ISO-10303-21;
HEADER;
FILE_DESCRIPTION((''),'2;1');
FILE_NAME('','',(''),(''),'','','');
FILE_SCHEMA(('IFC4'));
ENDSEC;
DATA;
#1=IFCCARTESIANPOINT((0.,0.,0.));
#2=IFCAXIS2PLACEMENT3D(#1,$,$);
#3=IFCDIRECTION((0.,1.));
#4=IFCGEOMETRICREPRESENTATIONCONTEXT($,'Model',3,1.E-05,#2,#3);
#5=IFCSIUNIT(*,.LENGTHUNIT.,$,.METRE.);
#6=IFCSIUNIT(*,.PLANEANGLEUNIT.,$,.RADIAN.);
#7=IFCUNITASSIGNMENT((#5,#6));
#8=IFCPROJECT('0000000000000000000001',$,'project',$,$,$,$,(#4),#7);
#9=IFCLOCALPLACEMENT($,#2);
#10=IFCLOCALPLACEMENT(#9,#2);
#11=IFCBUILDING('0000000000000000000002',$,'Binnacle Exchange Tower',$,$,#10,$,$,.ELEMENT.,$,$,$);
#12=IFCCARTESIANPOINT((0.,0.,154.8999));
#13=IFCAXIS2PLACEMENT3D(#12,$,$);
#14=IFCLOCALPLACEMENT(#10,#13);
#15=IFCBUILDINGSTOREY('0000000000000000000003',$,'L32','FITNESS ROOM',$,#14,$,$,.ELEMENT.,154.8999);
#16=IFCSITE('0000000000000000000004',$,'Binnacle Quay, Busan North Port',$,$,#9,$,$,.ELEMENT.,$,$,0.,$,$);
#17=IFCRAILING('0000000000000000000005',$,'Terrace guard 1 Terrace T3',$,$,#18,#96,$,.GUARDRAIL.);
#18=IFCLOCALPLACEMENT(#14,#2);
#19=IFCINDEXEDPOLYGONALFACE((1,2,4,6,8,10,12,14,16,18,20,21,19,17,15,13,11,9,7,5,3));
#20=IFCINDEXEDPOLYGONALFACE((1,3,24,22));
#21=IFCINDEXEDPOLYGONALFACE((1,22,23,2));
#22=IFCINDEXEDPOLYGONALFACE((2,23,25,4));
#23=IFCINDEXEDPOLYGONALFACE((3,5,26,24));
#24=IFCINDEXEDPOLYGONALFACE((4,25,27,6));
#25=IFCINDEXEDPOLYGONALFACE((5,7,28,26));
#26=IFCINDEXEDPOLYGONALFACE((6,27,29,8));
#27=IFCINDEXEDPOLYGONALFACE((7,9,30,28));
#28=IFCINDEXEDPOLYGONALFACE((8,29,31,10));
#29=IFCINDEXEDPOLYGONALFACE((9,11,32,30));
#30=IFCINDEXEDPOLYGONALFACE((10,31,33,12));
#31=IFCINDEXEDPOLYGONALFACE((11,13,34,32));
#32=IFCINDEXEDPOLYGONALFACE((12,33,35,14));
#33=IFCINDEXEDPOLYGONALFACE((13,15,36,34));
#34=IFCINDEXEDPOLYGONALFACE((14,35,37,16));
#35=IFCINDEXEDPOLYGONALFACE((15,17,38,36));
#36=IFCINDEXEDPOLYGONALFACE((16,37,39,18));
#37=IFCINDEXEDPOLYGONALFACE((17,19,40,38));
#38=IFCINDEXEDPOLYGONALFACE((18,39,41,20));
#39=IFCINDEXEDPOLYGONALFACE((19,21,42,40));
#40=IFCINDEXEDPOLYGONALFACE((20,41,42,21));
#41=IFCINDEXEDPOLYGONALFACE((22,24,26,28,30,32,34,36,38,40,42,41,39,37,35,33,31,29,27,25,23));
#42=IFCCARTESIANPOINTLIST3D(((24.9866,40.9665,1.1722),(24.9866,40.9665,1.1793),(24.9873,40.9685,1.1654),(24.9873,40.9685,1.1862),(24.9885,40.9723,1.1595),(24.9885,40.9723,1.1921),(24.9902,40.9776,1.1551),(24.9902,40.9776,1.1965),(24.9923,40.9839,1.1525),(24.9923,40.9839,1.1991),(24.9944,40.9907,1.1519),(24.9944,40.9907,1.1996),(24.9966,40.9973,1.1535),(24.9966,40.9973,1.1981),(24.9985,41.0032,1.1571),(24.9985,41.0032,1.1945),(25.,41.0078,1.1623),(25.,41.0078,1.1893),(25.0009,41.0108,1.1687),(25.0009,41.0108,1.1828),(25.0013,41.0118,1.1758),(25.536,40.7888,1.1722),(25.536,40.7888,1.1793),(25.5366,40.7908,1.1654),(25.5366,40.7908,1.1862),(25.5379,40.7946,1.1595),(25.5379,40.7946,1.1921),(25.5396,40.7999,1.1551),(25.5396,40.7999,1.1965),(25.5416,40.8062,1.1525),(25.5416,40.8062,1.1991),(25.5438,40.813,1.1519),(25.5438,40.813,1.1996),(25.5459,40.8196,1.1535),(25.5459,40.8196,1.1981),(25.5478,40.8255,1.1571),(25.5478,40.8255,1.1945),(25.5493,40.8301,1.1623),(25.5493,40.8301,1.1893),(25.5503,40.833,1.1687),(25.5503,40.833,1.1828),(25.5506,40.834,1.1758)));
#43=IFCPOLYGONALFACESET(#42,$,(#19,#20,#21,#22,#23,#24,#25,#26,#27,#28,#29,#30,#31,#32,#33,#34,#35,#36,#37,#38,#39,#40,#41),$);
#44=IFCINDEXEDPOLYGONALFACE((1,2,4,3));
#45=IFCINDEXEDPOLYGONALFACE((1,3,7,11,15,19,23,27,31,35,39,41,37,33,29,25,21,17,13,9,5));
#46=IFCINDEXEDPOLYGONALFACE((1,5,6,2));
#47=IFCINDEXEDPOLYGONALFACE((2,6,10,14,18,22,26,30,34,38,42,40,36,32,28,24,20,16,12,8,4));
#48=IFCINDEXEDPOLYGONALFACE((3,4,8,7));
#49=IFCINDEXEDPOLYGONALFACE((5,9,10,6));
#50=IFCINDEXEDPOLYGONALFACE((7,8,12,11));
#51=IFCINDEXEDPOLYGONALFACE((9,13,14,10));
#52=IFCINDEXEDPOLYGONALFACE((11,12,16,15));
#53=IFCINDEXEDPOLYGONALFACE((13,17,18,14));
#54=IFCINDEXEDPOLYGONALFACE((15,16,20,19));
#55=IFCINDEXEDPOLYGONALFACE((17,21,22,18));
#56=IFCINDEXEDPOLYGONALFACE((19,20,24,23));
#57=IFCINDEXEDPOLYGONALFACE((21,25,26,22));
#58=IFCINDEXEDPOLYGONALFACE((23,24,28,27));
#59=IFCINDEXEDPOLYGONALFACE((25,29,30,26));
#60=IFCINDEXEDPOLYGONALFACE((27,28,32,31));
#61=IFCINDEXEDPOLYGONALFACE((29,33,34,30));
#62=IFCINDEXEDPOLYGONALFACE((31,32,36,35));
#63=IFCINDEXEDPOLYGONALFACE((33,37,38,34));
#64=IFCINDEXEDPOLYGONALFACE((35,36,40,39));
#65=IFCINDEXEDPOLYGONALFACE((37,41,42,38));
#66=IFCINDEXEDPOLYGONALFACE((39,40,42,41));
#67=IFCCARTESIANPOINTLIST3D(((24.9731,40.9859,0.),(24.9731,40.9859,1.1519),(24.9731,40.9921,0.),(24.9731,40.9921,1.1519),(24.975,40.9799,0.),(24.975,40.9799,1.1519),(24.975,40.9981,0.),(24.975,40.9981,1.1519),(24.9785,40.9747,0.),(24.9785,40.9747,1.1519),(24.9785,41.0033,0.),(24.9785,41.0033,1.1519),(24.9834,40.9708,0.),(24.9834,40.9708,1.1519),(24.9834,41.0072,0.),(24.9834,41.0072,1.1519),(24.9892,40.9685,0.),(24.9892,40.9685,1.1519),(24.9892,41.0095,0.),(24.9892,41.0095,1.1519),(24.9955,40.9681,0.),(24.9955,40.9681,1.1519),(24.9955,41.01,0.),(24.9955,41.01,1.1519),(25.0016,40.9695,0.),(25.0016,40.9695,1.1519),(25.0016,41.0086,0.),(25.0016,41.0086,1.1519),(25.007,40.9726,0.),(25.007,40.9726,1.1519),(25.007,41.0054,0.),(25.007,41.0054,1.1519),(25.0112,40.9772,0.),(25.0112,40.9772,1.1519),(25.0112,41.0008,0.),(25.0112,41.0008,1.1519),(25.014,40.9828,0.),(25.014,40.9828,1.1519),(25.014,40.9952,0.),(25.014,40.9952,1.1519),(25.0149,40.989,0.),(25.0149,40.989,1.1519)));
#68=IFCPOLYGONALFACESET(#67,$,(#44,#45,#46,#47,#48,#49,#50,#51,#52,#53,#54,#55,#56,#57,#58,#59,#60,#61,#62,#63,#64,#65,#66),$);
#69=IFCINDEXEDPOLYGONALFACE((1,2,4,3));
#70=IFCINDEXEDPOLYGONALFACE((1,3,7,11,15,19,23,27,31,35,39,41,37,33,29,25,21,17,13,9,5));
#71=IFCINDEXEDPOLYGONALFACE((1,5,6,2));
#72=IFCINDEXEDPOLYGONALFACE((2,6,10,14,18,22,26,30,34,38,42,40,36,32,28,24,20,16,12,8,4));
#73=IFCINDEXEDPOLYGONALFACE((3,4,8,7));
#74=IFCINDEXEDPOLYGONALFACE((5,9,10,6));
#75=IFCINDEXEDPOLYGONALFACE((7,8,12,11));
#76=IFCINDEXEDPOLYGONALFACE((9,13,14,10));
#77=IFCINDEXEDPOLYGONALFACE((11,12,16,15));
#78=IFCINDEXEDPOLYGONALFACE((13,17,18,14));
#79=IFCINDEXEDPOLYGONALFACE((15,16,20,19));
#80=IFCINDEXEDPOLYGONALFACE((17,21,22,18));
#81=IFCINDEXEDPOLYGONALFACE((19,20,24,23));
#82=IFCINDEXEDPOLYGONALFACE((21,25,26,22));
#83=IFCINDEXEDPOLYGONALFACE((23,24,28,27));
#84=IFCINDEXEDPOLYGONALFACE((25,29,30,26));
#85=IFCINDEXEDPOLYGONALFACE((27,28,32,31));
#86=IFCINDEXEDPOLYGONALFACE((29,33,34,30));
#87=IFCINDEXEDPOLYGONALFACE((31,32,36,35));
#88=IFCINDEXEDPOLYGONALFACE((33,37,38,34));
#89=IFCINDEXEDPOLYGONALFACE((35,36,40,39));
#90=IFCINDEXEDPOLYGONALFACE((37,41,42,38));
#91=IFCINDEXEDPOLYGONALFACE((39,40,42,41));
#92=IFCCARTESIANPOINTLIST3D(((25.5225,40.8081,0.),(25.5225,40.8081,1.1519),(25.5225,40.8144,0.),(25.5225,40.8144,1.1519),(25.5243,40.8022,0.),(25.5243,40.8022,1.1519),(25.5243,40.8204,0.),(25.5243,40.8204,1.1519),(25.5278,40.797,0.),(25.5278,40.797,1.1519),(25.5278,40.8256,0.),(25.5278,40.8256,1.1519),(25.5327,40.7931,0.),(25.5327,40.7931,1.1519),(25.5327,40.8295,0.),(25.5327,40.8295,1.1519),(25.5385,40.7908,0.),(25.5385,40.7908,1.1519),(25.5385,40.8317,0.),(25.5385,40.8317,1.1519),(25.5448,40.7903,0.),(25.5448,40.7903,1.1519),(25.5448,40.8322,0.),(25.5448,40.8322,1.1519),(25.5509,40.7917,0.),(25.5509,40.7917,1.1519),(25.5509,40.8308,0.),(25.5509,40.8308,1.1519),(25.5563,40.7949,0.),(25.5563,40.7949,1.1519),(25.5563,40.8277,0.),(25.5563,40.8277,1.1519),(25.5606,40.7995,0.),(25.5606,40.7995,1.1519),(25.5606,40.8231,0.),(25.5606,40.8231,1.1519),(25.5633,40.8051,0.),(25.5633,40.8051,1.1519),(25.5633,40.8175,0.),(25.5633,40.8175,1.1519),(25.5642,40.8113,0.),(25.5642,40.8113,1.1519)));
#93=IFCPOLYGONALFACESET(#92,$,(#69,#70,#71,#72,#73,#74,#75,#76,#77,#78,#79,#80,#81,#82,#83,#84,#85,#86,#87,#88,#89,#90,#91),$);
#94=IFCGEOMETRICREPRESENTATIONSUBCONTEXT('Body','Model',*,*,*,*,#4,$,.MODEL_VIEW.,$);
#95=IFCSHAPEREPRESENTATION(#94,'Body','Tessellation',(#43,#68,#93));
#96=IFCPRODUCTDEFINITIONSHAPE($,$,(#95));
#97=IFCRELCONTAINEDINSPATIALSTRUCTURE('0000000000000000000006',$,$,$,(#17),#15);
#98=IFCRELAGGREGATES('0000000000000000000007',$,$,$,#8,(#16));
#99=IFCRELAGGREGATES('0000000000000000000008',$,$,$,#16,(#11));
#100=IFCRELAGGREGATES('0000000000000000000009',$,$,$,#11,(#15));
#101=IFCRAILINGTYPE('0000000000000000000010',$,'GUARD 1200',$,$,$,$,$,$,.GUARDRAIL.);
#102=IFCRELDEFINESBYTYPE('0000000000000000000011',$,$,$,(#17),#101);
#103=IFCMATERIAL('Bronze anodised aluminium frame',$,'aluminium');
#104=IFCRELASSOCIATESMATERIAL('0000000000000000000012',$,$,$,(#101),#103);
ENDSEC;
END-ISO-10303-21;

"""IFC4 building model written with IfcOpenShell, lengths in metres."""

from ifc_helpers import new_model, si_unit, direction, frame, origin, origin_2d, place, context, subcontext, project, spatial, circle, extrude, material, type_object, element, save


model = new_model("IFC4")

# Units and contexts
model_context = context("Model", 3, precision=1e-05, world=origin(), true_north=direction((0.0, 1.0)))
body_context = subcontext(model_context, "Body", "Model", "MODEL_VIEW")
ifc_project = project(units=[si_unit("LENGTHUNIT", "METRE"), si_unit("PLANEANGLEUNIT", "RADIAN")], contexts=[model_context])

# Site, building, storey
site_placement = place(None, origin())
site = spatial("IfcSite", under=ifc_project, at=site_placement, Name="Binnacle Quay, Busan North Port", CompositionType="ELEMENT", RefElevation=0.0)
building_placement = place(site_placement, origin())
building = spatial("IfcBuilding", under=site, at=building_placement, Name="Binnacle Exchange Tower", CompositionType="ELEMENT")
storey_placement = place(building_placement, frame((0.0, 0.0, 154.8999)))
storey = spatial("IfcBuildingStorey", under=building, at=storey_placement, Name="L32", Description="FITNESS ROOM", CompositionType="ELEMENT", Elevation=154.8999)

# Shared definitions
ifc_material_1 = material(Name="Bronze anodised aluminium frame", Category="aluminium")

# Railing
railing_type = type_object("IfcRailingType", Name="GUARD 1200", PredefinedType="GUARDRAIL", material=ifc_material_1)
railing_1_placement = place(storey_placement, frame((24.9939, 40.989, 0.0)))
element("IfcRailing", 1, at=railing_1_placement, inside=storey, type_object=railing_type, Name="Terrace guard 1 Terrace T3", PredefinedType="GUARDRAIL", context=body_context, shape_type="SweptSolid", body=[
    extrude(circle(Radius=0.0239, at=origin_2d()), frame((0.0, 0.0, 1.1758), z_axis=(0.951437, -0.307843, 0.0), x_axis=(0.307843, 0.951437, 0.0)), (0.0, 0.0, 1.0), 0.5774),
    extrude(circle(Radius=0.021, at=origin_2d()), origin(), (0.0, 0.0, 1.0), 1.1519),
    extrude(circle(Radius=0.021, at=origin_2d()), frame((0.5493, -0.1777, 0.0)), (0.0, 0.0, 1.0), 1.1519),
])

save(model, "model.ifc")
